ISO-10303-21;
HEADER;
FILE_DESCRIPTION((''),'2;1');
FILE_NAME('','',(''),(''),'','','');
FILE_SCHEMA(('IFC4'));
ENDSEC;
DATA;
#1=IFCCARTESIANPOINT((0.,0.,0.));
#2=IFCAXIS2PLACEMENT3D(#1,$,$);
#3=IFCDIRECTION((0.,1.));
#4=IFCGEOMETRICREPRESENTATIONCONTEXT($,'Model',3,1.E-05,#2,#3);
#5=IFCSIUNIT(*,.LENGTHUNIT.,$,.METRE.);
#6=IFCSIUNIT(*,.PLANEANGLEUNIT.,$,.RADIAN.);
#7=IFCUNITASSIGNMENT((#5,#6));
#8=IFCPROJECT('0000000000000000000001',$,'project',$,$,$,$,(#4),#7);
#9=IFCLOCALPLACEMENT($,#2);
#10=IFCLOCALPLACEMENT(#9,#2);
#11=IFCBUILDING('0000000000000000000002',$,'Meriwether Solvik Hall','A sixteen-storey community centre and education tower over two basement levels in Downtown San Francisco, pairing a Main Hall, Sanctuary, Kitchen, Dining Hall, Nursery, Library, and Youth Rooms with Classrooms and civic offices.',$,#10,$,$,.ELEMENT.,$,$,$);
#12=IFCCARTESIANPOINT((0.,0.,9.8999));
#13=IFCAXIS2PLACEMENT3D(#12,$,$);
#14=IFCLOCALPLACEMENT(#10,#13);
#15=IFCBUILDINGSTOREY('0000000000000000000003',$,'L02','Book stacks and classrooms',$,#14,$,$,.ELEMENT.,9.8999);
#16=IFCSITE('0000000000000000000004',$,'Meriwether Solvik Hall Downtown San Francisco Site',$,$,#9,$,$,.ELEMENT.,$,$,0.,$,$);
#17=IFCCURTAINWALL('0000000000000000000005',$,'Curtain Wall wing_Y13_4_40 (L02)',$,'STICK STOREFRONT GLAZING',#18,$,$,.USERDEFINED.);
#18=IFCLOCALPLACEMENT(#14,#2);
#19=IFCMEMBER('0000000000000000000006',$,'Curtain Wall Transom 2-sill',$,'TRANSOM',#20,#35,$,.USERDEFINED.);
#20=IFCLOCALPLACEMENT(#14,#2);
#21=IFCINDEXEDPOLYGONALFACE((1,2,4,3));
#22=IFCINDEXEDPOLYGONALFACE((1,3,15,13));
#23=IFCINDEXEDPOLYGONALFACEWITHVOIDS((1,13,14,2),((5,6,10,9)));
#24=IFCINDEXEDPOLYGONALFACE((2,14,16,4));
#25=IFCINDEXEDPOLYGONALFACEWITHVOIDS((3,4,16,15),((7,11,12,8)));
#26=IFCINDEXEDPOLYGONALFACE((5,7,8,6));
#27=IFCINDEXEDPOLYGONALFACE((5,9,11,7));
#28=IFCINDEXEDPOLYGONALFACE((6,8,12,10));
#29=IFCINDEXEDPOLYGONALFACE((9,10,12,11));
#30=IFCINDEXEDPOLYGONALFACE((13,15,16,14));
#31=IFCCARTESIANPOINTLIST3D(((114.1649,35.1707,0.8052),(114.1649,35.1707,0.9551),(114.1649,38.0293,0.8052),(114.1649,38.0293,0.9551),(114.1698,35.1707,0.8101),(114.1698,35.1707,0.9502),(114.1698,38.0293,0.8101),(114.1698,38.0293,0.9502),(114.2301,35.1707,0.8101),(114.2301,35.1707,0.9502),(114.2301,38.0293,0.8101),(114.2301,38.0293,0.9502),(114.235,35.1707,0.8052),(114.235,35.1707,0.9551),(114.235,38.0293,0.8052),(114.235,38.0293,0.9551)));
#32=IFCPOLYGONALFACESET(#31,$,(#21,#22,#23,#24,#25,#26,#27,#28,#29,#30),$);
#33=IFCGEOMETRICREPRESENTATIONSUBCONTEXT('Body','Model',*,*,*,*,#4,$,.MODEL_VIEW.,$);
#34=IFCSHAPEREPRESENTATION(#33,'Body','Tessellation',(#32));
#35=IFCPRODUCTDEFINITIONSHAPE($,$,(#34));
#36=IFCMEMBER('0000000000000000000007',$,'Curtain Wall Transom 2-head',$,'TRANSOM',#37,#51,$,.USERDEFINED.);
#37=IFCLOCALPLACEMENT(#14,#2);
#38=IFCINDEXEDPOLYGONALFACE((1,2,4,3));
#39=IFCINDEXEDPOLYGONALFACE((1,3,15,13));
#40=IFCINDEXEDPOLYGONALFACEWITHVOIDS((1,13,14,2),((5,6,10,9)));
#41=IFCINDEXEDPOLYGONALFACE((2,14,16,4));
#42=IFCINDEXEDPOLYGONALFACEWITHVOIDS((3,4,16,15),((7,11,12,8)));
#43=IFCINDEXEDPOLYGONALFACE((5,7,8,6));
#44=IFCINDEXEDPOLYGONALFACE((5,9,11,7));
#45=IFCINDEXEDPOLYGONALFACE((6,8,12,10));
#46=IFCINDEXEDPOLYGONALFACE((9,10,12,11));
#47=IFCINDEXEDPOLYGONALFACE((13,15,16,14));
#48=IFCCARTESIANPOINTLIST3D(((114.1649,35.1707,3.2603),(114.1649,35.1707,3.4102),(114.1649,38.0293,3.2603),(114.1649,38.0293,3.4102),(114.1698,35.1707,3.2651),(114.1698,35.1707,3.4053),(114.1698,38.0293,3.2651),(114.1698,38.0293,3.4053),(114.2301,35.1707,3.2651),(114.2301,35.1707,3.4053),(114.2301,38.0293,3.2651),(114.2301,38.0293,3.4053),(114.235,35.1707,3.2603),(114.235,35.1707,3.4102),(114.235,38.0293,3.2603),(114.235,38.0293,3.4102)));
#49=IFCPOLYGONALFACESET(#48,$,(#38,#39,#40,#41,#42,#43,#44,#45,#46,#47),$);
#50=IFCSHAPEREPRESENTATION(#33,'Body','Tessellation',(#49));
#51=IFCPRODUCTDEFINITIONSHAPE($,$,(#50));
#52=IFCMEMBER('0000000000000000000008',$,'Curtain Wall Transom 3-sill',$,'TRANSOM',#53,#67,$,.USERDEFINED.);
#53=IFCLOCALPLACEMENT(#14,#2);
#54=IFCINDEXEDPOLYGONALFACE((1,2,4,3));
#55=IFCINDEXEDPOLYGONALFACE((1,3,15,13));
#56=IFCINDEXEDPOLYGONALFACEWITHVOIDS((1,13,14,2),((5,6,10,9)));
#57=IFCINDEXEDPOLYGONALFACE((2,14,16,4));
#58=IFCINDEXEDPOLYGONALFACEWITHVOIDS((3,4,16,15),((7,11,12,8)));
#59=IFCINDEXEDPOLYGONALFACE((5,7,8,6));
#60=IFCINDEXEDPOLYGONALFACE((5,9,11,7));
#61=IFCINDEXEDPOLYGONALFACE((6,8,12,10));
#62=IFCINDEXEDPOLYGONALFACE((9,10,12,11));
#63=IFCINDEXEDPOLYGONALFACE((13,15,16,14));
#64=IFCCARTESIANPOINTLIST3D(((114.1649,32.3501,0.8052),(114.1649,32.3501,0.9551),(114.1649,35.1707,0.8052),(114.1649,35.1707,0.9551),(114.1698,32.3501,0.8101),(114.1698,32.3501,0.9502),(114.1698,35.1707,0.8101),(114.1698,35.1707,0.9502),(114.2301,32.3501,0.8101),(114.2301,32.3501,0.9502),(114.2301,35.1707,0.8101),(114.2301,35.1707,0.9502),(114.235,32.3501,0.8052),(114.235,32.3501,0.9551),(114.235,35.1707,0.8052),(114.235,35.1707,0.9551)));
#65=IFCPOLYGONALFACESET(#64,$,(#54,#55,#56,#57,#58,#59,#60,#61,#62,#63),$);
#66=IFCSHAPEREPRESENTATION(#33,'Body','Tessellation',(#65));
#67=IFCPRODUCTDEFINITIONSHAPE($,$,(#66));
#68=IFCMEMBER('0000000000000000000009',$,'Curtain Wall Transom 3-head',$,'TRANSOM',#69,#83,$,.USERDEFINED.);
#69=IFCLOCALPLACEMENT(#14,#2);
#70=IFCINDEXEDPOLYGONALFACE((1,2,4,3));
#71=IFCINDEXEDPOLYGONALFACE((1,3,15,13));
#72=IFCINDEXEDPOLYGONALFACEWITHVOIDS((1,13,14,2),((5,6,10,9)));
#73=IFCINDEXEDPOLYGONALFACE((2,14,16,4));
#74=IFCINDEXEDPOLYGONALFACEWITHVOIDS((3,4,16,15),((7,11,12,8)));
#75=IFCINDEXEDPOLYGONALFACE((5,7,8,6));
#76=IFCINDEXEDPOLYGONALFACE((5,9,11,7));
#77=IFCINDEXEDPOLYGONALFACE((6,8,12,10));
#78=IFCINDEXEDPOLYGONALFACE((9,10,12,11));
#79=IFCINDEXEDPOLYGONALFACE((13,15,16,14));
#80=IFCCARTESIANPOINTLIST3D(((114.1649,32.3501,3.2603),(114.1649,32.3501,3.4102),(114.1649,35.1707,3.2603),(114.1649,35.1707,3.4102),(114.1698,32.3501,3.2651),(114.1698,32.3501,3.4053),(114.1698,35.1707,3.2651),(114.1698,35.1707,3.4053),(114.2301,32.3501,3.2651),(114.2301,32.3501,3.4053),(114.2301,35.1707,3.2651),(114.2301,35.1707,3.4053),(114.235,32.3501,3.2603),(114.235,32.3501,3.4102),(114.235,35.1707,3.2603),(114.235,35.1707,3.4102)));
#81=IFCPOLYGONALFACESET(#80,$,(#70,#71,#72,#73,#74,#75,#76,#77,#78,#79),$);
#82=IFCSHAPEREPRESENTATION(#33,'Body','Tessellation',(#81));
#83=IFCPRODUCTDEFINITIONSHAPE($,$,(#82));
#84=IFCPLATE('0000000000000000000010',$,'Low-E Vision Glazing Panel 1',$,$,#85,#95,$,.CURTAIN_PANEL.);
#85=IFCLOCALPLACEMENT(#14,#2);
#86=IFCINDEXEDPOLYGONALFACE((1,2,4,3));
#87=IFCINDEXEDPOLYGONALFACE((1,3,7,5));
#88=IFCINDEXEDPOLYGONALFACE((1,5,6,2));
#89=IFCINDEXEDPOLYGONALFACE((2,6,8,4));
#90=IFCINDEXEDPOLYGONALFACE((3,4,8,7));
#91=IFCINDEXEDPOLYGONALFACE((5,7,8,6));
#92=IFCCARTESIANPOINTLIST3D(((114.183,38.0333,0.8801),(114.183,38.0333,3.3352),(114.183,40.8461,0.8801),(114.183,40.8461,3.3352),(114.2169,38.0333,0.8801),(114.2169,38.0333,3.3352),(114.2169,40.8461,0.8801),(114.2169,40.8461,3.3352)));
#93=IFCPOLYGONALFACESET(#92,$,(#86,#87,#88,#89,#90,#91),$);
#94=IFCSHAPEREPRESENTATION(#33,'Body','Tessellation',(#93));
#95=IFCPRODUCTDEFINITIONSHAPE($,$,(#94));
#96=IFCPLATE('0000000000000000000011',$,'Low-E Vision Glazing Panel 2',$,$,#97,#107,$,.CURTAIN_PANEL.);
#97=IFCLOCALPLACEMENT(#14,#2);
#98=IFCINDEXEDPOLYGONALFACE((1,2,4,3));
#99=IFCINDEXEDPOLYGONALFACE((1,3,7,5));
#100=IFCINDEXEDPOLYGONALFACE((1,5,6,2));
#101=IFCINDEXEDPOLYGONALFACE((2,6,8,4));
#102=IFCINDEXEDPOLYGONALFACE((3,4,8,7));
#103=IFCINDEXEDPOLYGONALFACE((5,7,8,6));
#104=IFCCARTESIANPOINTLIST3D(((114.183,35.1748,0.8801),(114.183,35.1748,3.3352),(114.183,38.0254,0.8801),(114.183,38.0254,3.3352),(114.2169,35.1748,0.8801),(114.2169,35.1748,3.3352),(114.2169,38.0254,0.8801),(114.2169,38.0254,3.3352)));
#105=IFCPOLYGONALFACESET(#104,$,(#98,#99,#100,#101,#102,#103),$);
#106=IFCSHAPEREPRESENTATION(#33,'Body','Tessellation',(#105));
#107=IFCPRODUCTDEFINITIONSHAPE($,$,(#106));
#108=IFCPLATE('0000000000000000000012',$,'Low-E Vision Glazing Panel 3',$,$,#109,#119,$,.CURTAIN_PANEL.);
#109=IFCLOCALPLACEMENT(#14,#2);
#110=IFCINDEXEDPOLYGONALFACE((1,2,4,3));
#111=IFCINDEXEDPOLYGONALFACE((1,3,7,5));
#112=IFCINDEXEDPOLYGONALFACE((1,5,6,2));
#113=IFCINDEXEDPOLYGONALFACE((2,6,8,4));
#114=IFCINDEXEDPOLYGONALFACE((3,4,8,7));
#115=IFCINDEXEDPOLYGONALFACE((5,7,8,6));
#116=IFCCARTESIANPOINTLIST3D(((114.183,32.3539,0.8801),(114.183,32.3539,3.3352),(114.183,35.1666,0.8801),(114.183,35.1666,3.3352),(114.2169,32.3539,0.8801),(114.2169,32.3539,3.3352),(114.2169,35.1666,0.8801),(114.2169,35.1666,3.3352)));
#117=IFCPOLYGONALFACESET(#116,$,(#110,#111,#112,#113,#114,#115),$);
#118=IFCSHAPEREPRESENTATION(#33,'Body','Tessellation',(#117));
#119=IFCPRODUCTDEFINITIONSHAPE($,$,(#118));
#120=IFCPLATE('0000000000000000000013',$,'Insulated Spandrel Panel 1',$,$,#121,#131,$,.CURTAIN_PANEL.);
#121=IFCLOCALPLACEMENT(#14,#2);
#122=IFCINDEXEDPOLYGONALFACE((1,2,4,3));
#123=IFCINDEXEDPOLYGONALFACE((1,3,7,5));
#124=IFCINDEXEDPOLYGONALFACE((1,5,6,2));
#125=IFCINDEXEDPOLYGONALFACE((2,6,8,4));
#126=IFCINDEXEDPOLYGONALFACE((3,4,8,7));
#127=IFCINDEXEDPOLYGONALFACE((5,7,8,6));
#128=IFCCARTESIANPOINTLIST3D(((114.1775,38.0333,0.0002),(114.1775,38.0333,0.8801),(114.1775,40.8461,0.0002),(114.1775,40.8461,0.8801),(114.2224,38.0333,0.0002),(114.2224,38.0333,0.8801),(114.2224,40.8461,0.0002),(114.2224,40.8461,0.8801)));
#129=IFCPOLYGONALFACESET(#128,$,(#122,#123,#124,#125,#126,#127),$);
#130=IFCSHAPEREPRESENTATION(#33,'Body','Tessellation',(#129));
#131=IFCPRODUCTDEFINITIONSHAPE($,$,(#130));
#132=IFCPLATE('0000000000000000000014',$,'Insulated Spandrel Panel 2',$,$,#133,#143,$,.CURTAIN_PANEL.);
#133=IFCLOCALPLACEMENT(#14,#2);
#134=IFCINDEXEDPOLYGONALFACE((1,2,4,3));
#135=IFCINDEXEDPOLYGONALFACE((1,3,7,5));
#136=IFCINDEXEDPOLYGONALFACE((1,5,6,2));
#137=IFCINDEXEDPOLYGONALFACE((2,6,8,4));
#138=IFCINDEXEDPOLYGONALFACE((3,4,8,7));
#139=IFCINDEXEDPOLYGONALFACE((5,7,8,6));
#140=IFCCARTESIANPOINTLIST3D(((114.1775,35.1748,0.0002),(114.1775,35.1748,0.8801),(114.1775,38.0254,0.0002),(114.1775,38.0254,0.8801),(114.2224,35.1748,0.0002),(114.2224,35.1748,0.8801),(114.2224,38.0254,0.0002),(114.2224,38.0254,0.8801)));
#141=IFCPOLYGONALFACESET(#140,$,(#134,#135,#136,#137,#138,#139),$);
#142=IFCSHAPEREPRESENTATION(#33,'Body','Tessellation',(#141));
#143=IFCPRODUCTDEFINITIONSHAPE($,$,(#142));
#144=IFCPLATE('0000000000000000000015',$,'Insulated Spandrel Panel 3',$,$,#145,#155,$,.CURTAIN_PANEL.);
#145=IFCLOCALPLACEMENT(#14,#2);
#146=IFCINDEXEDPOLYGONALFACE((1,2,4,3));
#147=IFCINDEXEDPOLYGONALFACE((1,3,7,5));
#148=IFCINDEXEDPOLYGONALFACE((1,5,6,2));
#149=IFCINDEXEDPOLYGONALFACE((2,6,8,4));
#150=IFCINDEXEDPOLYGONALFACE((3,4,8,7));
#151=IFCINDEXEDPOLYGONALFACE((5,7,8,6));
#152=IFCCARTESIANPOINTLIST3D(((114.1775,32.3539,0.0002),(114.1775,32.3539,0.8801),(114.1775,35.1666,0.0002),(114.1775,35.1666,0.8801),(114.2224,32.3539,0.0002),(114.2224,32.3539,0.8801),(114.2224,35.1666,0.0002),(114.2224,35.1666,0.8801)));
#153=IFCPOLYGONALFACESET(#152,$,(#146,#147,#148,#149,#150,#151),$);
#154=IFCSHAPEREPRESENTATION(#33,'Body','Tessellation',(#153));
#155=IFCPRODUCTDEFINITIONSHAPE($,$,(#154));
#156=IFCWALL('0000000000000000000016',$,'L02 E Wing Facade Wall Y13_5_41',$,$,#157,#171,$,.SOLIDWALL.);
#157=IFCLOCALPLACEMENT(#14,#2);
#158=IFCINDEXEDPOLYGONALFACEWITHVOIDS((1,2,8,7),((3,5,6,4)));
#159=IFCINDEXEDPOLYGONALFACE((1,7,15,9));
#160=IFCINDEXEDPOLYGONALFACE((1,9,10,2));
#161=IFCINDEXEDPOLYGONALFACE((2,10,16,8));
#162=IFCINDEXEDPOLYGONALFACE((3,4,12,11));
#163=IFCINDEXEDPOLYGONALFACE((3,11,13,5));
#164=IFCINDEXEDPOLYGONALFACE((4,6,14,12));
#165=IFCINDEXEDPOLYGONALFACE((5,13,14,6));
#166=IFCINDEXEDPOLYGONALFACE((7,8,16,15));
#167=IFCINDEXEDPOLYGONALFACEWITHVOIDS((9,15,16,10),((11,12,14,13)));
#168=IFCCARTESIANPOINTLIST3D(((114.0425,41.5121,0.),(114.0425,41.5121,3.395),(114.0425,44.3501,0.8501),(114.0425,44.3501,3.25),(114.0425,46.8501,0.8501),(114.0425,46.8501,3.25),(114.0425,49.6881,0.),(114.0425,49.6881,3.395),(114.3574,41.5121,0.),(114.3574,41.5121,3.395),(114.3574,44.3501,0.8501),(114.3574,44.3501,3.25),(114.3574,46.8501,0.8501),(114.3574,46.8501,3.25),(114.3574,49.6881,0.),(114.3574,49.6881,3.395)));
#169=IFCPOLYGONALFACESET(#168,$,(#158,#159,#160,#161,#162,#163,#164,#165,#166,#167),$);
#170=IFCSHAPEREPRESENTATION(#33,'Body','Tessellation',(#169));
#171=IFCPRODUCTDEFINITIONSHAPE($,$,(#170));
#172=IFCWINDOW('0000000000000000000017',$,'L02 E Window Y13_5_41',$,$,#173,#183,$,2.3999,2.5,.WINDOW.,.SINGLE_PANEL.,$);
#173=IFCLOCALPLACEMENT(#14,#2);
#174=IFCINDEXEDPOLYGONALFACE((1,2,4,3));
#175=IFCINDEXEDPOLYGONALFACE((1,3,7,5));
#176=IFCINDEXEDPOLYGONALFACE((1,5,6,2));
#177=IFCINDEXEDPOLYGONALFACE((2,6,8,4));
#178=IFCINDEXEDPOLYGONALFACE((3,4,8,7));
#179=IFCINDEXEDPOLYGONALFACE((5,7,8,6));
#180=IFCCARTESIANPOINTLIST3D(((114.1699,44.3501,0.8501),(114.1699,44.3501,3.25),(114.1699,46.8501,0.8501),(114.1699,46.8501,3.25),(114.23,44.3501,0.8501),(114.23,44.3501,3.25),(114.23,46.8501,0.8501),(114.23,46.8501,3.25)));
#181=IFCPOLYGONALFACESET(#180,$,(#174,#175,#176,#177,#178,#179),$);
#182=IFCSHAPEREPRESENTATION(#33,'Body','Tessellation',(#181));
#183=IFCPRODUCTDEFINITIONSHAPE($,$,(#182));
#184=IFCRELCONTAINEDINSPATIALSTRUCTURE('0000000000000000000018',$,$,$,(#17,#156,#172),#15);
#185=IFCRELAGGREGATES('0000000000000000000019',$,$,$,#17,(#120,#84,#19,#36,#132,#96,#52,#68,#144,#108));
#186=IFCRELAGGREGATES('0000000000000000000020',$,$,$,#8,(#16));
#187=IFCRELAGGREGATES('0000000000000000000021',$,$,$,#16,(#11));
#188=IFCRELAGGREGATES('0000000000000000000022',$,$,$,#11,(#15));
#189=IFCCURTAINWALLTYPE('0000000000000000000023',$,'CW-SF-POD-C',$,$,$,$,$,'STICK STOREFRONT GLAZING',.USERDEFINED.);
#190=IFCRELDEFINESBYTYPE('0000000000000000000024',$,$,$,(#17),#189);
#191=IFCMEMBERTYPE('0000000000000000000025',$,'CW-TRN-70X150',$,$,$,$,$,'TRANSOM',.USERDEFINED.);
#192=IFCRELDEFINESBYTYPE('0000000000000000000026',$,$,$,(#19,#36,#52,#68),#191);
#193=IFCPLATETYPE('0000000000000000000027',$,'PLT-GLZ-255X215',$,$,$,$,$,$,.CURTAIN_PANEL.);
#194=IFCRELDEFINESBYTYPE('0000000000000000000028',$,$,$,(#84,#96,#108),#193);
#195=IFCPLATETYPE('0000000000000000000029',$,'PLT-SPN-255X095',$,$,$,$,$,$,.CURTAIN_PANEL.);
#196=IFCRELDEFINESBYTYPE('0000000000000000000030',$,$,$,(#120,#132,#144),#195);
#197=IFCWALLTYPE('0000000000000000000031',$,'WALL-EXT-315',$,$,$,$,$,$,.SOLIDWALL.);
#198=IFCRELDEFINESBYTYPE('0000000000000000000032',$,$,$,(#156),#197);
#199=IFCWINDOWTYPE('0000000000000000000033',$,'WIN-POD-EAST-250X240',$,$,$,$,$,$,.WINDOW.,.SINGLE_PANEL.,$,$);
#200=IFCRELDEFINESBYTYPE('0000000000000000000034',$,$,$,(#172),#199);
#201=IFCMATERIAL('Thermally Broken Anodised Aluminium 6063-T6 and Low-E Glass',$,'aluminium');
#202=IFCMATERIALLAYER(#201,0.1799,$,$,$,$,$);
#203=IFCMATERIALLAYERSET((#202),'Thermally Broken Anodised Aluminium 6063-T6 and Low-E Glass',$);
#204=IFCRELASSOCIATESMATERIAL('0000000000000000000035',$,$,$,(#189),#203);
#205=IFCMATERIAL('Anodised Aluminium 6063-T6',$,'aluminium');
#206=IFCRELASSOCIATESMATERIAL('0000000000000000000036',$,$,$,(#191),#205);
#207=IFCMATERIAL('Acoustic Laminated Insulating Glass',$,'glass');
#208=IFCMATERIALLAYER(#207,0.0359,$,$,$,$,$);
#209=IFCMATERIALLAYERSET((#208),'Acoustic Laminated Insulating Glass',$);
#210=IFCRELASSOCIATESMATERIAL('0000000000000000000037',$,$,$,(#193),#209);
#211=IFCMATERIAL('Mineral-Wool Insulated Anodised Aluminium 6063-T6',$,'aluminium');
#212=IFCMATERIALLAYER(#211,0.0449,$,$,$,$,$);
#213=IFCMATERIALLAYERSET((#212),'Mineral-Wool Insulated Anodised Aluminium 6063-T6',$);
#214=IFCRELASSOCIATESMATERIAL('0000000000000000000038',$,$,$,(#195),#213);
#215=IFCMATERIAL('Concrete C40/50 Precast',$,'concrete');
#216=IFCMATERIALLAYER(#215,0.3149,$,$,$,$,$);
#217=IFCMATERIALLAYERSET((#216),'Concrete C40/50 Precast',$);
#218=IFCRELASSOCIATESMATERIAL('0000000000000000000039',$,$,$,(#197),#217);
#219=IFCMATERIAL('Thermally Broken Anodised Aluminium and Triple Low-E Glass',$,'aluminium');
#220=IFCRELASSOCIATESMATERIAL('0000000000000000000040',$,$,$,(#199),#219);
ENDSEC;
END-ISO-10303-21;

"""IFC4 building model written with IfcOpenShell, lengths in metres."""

from ifc_helpers import new_model, si_unit, direction, frame, frame_2d, origin, origin_2d, place, context, subcontext, project, spatial, rectangle, hollow_rectangle, extrude, material, layer, layer_set, material_profile, profile_set, type_object, element, fill, aggregate, save


model = new_model("IFC4")

# Units and contexts
model_context = context("Model", 3, precision=1e-05, world=origin(), true_north=direction((0.0, 1.0)))
body_context = subcontext(model_context, "Body", "Model", "MODEL_VIEW")
ifc_project = project(units=[si_unit("LENGTHUNIT", "METRE"), si_unit("PLANEANGLEUNIT", "RADIAN")], contexts=[model_context])

# Site, building, storey
site_placement = place(None, origin())
site = spatial("IfcSite", under=ifc_project, at=site_placement, Name="Meriwether Solvik Hall Downtown San Francisco Site", CompositionType="ELEMENT", RefElevation=0.0)
building_placement = place(site_placement, origin())
building = spatial("IfcBuilding", under=site, at=building_placement, Name="Meriwether Solvik Hall", Description="A sixteen-storey community centre and education tower over two basement levels in Downtown San Francisco, pairing a Main Hall, Sanctuary, Kitchen, Dining Hall, Nursery, Library, and Youth Rooms with Classrooms and civic offices.", CompositionType="ELEMENT")
storey_placement = place(building_placement, frame((0.0, 0.0, 9.8999)))
storey = spatial("IfcBuildingStorey", under=building, at=storey_placement, Name="L02", Description="Book stacks and classrooms", CompositionType="ELEMENT", Elevation=9.8999)

# Curtain wall, members, plates
ifc_material_1 = material(Name="Thermally Broken Anodised Aluminium 6063-T6 and Low-E Glass", Category="aluminium")
ifc_layer_1 = layer(ifc_material_1, 0.1799)
ifc_layer_set_1 = layer_set([ifc_layer_1], Name="Thermally Broken Anodised Aluminium 6063-T6 and Low-E Glass")
curtain_wall_type = type_object("IfcCurtainWallType", Name="CW-SF-POD-C", ElementType="STICK STOREFRONT GLAZING", PredefinedType="USERDEFINED", material=ifc_layer_set_1)
curtain_wall_placement = place(storey_placement, origin())
curtain_wall = element("IfcCurtainWall", 1, at=curtain_wall_placement, inside=storey, type_object=curtain_wall_type, Name="Curtain Wall wing_Y13_4_40 (L02)", ObjectType="STICK STOREFRONT GLAZING", PredefinedType="USERDEFINED")
ifc_material_2 = material(Name="Anodised Aluminium 6063-T6", Category="aluminium")
ifc_material_profile_1 = material_profile(ifc_material_2, hollow_rectangle(XDim=0.0701, YDim=0.1499, WallThickness=0.0049, at=origin_2d()), Name="CWT-70X150")
ifc_profile_set_1 = profile_set([ifc_material_profile_1], Name="Anodised Aluminium 6063-T6")
member_type_1 = type_object("IfcMemberType", Name="CW-TRN-70X150", ElementType="TRANSOM", PredefinedType="USERDEFINED", material=ifc_profile_set_1)
member_1_placement = place(storey_placement, frame((114.2, 38.0293, 0.8801), z_axis=(0.0, -1.0, 0.0), x_axis=(1.0, 0.0, 0.0)))
member_1 = element("IfcMember", 2, at=member_1_placement, type_object=member_type_1, Name="Curtain Wall Transom 2-sill", ObjectType="TRANSOM", PredefinedType="USERDEFINED", context=body_context, shape_type="SweptSolid", body=[
    extrude(hollow_rectangle(XDim=0.0701, YDim=0.1499, WallThickness=0.0049, at=origin_2d()), origin(), (0.0, 0.0, 1.0), 2.8586),
])
member_2_placement = place(storey_placement, frame((114.2, 38.0293, 3.3352), z_axis=(0.0, -1.0, 0.0), x_axis=(1.0, 0.0, 0.0)))
member_2 = element("IfcMember", 3, at=member_2_placement, type_object=member_type_1, Name="Curtain Wall Transom 2-head", ObjectType="TRANSOM", PredefinedType="USERDEFINED", context=body_context, shape_type="SweptSolid", body=[
    extrude(hollow_rectangle(XDim=0.0701, YDim=0.1499, WallThickness=0.0049, at=origin_2d()), origin(), (0.0, 0.0, 1.0), 2.8586),
])
member_3_placement = place(storey_placement, frame((114.2, 35.1707, 0.8801), z_axis=(0.0, -1.0, 0.0), x_axis=(1.0, 0.0, 0.0)))
member_3 = element("IfcMember", 4, at=member_3_placement, type_object=member_type_1, Name="Curtain Wall Transom 3-sill", ObjectType="TRANSOM", PredefinedType="USERDEFINED", context=body_context, shape_type="SweptSolid", body=[
    extrude(hollow_rectangle(XDim=0.0701, YDim=0.1499, WallThickness=0.0049, at=origin_2d()), origin(), (0.0, 0.0, 1.0), 2.8206),
])
member_4_placement = place(storey_placement, frame((114.2, 35.1707, 3.3352), z_axis=(0.0, -1.0, 0.0), x_axis=(1.0, 0.0, 0.0)))
member_4 = element("IfcMember", 5, at=member_4_placement, type_object=member_type_1, Name="Curtain Wall Transom 3-head", ObjectType="TRANSOM", PredefinedType="USERDEFINED", context=body_context, shape_type="SweptSolid", body=[
    extrude(hollow_rectangle(XDim=0.0701, YDim=0.1499, WallThickness=0.0049, at=origin_2d()), origin(), (0.0, 0.0, 1.0), 2.8206),
])
ifc_material_3 = material(Name="Acoustic Laminated Insulating Glass", Category="glass")
ifc_layer_2 = layer(ifc_material_3, 0.0359)
ifc_layer_set_2 = layer_set([ifc_layer_2], Name="Acoustic Laminated Insulating Glass")
plate_type_1 = type_object("IfcPlateType", Name="PLT-GLZ-255X215", PredefinedType="CURTAIN_PANEL", material=ifc_layer_set_2)
plate_1_placement = place(storey_placement, frame((114.2, 39.4397, 0.8801), z_axis=(0.0, 0.0, 1.0), x_axis=(0.0, -1.0, 0.0)))
plate_1 = element("IfcPlate", 6, at=plate_1_placement, type_object=plate_type_1, Name="Low-E Vision Glazing Panel 1", PredefinedType="CURTAIN_PANEL", context=body_context, shape_type="SweptSolid", body=[
    extrude(rectangle(XDim=2.8127, YDim=0.0339, at=origin_2d()), origin(), (0.0, 0.0, 1.0), 2.4551),
])
plate_2_placement = place(storey_placement, frame((114.2, 36.6001, 0.8801), z_axis=(0.0, 0.0, 1.0), x_axis=(0.0, -1.0, 0.0)))
plate_2 = element("IfcPlate", 7, at=plate_2_placement, type_object=plate_type_1, Name="Low-E Vision Glazing Panel 2", PredefinedType="CURTAIN_PANEL", context=body_context, shape_type="SweptSolid", body=[
    extrude(rectangle(XDim=2.8506, YDim=0.0339, at=origin_2d()), origin(), (0.0, 0.0, 1.0), 2.4551),
])
plate_3_placement = place(storey_placement, frame((114.2, 33.7603, 0.8801), z_axis=(0.0, 0.0, 1.0), x_axis=(0.0, -1.0, 0.0)))
plate_3 = element("IfcPlate", 8, at=plate_3_placement, type_object=plate_type_1, Name="Low-E Vision Glazing Panel 3", PredefinedType="CURTAIN_PANEL", context=body_context, shape_type="SweptSolid", body=[
    extrude(rectangle(XDim=2.8127, YDim=0.0339, at=origin_2d()), origin(), (0.0, 0.0, 1.0), 2.4551),
])
ifc_material_4 = material(Name="Mineral-Wool Insulated Anodised Aluminium 6063-T6", Category="aluminium")
ifc_layer_3 = layer(ifc_material_4, 0.0449)
ifc_layer_set_3 = layer_set([ifc_layer_3], Name="Mineral-Wool Insulated Anodised Aluminium 6063-T6")
plate_type_2 = type_object("IfcPlateType", Name="PLT-SPN-255X095", PredefinedType="CURTAIN_PANEL", material=ifc_layer_set_3)
plate_4_placement = place(storey_placement, frame((114.2, 39.4397, 0.0002), z_axis=(0.0, 0.0, 1.0), x_axis=(0.0, -1.0, 0.0)))
plate_4 = element("IfcPlate", 9, at=plate_4_placement, type_object=plate_type_2, Name="Insulated Spandrel Panel 1", PredefinedType="CURTAIN_PANEL", context=body_context, shape_type="SweptSolid", body=[
    extrude(rectangle(XDim=2.8127, YDim=0.0449, at=origin_2d()), origin(), (0.0, 0.0, 1.0), 0.8799),
])
plate_5_placement = place(storey_placement, frame((114.2, 36.6001, 0.0002), z_axis=(0.0, 0.0, 1.0), x_axis=(0.0, -1.0, 0.0)))
plate_5 = element("IfcPlate", 10, at=plate_5_placement, type_object=plate_type_2, Name="Insulated Spandrel Panel 2", PredefinedType="CURTAIN_PANEL", context=body_context, shape_type="SweptSolid", body=[
    extrude(rectangle(XDim=2.8506, YDim=0.0449, at=origin_2d()), origin(), (0.0, 0.0, 1.0), 0.8799),
])
plate_6_placement = place(storey_placement, frame((114.2, 33.7603, 0.0002), z_axis=(0.0, 0.0, 1.0), x_axis=(0.0, -1.0, 0.0)))
plate_6 = element("IfcPlate", 11, at=plate_6_placement, type_object=plate_type_2, Name="Insulated Spandrel Panel 3", PredefinedType="CURTAIN_PANEL", context=body_context, shape_type="SweptSolid", body=[
    extrude(rectangle(XDim=2.8127, YDim=0.0449, at=origin_2d()), origin(), (0.0, 0.0, 1.0), 0.8799),
])
aggregate(curtain_wall, [plate_4, plate_1, member_1, member_2, plate_5, plate_2, member_3, member_4, plate_6, plate_3])

# Wall, opening, window
ifc_material_5 = material(Name="Concrete C40/50 Precast", Category="concrete")
ifc_layer_4 = layer(ifc_material_5, 0.3149)
ifc_layer_set_4 = layer_set([ifc_layer_4], Name="Concrete C40/50 Precast")
wall_type = type_object("IfcWallType", Name="WALL-EXT-315", PredefinedType="SOLIDWALL", material=ifc_layer_set_4)
wall_placement = place(storey_placement, frame((114.2, 49.688, 0.0), z_axis=(0.0, 0.0, 1.0), x_axis=(0.0, -1.0, 0.0)))
wall = element("IfcWall", 12, at=wall_placement, inside=storey, type_object=wall_type, Name="L02 E Wing Facade Wall Y13_5_41", PredefinedType="SOLIDWALL", context=body_context, shape_type="SweptSolid", body=[
    extrude(rectangle(XDim=8.176, YDim=0.3149, at=frame_2d((4.0879, 0.0))), origin(), (0.0, 0.0, 1.0), 3.395),
])
opening_placement = place(wall_placement, frame((2.8379, 0.0, 0.8501)))
opening = element("IfcOpeningElement", 13, at=opening_placement, cuts=wall, PredefinedType="OPENING", context=body_context, shape_type="SweptSolid", body=[
    extrude(rectangle(XDim=2.5, YDim=2.3999, at=frame_2d((1.25, 1.2))), frame((0.0, 0.1694, 0.0), z_axis=(0.0, -1.0, 0.0), x_axis=(1.0, 0.0, 0.0)), (0.0, 0.0, 1.0), 0.3389),
])
ifc_material_6 = material(Name="Thermally Broken Anodised Aluminium and Triple Low-E Glass", Category="aluminium")
window_type = type_object("IfcWindowType", Name="WIN-POD-EAST-250X240", PartitioningType="SINGLE_PANEL", PredefinedType="WINDOW", material=ifc_material_6)
window_placement = place(opening_placement, origin())
window = element("IfcWindow", 14, at=window_placement, inside=storey, type_object=window_type, Name="L02 E Window Y13_5_41", OverallHeight=2.3999, OverallWidth=2.5, PartitioningType="SINGLE_PANEL", PredefinedType="WINDOW", context=body_context, shape_type="SweptSolid", body=[
    extrude(rectangle(XDim=2.5, YDim=2.3999, at=frame_2d((1.25, 1.2))), frame((0.0, 0.03, 0.0), z_axis=(0.0, -1.0, 0.0), x_axis=(1.0, 0.0, 0.0)), (0.0, 0.0, 1.0), 0.0601),
])
fill(opening, window)

save(model, "model.ifc")
